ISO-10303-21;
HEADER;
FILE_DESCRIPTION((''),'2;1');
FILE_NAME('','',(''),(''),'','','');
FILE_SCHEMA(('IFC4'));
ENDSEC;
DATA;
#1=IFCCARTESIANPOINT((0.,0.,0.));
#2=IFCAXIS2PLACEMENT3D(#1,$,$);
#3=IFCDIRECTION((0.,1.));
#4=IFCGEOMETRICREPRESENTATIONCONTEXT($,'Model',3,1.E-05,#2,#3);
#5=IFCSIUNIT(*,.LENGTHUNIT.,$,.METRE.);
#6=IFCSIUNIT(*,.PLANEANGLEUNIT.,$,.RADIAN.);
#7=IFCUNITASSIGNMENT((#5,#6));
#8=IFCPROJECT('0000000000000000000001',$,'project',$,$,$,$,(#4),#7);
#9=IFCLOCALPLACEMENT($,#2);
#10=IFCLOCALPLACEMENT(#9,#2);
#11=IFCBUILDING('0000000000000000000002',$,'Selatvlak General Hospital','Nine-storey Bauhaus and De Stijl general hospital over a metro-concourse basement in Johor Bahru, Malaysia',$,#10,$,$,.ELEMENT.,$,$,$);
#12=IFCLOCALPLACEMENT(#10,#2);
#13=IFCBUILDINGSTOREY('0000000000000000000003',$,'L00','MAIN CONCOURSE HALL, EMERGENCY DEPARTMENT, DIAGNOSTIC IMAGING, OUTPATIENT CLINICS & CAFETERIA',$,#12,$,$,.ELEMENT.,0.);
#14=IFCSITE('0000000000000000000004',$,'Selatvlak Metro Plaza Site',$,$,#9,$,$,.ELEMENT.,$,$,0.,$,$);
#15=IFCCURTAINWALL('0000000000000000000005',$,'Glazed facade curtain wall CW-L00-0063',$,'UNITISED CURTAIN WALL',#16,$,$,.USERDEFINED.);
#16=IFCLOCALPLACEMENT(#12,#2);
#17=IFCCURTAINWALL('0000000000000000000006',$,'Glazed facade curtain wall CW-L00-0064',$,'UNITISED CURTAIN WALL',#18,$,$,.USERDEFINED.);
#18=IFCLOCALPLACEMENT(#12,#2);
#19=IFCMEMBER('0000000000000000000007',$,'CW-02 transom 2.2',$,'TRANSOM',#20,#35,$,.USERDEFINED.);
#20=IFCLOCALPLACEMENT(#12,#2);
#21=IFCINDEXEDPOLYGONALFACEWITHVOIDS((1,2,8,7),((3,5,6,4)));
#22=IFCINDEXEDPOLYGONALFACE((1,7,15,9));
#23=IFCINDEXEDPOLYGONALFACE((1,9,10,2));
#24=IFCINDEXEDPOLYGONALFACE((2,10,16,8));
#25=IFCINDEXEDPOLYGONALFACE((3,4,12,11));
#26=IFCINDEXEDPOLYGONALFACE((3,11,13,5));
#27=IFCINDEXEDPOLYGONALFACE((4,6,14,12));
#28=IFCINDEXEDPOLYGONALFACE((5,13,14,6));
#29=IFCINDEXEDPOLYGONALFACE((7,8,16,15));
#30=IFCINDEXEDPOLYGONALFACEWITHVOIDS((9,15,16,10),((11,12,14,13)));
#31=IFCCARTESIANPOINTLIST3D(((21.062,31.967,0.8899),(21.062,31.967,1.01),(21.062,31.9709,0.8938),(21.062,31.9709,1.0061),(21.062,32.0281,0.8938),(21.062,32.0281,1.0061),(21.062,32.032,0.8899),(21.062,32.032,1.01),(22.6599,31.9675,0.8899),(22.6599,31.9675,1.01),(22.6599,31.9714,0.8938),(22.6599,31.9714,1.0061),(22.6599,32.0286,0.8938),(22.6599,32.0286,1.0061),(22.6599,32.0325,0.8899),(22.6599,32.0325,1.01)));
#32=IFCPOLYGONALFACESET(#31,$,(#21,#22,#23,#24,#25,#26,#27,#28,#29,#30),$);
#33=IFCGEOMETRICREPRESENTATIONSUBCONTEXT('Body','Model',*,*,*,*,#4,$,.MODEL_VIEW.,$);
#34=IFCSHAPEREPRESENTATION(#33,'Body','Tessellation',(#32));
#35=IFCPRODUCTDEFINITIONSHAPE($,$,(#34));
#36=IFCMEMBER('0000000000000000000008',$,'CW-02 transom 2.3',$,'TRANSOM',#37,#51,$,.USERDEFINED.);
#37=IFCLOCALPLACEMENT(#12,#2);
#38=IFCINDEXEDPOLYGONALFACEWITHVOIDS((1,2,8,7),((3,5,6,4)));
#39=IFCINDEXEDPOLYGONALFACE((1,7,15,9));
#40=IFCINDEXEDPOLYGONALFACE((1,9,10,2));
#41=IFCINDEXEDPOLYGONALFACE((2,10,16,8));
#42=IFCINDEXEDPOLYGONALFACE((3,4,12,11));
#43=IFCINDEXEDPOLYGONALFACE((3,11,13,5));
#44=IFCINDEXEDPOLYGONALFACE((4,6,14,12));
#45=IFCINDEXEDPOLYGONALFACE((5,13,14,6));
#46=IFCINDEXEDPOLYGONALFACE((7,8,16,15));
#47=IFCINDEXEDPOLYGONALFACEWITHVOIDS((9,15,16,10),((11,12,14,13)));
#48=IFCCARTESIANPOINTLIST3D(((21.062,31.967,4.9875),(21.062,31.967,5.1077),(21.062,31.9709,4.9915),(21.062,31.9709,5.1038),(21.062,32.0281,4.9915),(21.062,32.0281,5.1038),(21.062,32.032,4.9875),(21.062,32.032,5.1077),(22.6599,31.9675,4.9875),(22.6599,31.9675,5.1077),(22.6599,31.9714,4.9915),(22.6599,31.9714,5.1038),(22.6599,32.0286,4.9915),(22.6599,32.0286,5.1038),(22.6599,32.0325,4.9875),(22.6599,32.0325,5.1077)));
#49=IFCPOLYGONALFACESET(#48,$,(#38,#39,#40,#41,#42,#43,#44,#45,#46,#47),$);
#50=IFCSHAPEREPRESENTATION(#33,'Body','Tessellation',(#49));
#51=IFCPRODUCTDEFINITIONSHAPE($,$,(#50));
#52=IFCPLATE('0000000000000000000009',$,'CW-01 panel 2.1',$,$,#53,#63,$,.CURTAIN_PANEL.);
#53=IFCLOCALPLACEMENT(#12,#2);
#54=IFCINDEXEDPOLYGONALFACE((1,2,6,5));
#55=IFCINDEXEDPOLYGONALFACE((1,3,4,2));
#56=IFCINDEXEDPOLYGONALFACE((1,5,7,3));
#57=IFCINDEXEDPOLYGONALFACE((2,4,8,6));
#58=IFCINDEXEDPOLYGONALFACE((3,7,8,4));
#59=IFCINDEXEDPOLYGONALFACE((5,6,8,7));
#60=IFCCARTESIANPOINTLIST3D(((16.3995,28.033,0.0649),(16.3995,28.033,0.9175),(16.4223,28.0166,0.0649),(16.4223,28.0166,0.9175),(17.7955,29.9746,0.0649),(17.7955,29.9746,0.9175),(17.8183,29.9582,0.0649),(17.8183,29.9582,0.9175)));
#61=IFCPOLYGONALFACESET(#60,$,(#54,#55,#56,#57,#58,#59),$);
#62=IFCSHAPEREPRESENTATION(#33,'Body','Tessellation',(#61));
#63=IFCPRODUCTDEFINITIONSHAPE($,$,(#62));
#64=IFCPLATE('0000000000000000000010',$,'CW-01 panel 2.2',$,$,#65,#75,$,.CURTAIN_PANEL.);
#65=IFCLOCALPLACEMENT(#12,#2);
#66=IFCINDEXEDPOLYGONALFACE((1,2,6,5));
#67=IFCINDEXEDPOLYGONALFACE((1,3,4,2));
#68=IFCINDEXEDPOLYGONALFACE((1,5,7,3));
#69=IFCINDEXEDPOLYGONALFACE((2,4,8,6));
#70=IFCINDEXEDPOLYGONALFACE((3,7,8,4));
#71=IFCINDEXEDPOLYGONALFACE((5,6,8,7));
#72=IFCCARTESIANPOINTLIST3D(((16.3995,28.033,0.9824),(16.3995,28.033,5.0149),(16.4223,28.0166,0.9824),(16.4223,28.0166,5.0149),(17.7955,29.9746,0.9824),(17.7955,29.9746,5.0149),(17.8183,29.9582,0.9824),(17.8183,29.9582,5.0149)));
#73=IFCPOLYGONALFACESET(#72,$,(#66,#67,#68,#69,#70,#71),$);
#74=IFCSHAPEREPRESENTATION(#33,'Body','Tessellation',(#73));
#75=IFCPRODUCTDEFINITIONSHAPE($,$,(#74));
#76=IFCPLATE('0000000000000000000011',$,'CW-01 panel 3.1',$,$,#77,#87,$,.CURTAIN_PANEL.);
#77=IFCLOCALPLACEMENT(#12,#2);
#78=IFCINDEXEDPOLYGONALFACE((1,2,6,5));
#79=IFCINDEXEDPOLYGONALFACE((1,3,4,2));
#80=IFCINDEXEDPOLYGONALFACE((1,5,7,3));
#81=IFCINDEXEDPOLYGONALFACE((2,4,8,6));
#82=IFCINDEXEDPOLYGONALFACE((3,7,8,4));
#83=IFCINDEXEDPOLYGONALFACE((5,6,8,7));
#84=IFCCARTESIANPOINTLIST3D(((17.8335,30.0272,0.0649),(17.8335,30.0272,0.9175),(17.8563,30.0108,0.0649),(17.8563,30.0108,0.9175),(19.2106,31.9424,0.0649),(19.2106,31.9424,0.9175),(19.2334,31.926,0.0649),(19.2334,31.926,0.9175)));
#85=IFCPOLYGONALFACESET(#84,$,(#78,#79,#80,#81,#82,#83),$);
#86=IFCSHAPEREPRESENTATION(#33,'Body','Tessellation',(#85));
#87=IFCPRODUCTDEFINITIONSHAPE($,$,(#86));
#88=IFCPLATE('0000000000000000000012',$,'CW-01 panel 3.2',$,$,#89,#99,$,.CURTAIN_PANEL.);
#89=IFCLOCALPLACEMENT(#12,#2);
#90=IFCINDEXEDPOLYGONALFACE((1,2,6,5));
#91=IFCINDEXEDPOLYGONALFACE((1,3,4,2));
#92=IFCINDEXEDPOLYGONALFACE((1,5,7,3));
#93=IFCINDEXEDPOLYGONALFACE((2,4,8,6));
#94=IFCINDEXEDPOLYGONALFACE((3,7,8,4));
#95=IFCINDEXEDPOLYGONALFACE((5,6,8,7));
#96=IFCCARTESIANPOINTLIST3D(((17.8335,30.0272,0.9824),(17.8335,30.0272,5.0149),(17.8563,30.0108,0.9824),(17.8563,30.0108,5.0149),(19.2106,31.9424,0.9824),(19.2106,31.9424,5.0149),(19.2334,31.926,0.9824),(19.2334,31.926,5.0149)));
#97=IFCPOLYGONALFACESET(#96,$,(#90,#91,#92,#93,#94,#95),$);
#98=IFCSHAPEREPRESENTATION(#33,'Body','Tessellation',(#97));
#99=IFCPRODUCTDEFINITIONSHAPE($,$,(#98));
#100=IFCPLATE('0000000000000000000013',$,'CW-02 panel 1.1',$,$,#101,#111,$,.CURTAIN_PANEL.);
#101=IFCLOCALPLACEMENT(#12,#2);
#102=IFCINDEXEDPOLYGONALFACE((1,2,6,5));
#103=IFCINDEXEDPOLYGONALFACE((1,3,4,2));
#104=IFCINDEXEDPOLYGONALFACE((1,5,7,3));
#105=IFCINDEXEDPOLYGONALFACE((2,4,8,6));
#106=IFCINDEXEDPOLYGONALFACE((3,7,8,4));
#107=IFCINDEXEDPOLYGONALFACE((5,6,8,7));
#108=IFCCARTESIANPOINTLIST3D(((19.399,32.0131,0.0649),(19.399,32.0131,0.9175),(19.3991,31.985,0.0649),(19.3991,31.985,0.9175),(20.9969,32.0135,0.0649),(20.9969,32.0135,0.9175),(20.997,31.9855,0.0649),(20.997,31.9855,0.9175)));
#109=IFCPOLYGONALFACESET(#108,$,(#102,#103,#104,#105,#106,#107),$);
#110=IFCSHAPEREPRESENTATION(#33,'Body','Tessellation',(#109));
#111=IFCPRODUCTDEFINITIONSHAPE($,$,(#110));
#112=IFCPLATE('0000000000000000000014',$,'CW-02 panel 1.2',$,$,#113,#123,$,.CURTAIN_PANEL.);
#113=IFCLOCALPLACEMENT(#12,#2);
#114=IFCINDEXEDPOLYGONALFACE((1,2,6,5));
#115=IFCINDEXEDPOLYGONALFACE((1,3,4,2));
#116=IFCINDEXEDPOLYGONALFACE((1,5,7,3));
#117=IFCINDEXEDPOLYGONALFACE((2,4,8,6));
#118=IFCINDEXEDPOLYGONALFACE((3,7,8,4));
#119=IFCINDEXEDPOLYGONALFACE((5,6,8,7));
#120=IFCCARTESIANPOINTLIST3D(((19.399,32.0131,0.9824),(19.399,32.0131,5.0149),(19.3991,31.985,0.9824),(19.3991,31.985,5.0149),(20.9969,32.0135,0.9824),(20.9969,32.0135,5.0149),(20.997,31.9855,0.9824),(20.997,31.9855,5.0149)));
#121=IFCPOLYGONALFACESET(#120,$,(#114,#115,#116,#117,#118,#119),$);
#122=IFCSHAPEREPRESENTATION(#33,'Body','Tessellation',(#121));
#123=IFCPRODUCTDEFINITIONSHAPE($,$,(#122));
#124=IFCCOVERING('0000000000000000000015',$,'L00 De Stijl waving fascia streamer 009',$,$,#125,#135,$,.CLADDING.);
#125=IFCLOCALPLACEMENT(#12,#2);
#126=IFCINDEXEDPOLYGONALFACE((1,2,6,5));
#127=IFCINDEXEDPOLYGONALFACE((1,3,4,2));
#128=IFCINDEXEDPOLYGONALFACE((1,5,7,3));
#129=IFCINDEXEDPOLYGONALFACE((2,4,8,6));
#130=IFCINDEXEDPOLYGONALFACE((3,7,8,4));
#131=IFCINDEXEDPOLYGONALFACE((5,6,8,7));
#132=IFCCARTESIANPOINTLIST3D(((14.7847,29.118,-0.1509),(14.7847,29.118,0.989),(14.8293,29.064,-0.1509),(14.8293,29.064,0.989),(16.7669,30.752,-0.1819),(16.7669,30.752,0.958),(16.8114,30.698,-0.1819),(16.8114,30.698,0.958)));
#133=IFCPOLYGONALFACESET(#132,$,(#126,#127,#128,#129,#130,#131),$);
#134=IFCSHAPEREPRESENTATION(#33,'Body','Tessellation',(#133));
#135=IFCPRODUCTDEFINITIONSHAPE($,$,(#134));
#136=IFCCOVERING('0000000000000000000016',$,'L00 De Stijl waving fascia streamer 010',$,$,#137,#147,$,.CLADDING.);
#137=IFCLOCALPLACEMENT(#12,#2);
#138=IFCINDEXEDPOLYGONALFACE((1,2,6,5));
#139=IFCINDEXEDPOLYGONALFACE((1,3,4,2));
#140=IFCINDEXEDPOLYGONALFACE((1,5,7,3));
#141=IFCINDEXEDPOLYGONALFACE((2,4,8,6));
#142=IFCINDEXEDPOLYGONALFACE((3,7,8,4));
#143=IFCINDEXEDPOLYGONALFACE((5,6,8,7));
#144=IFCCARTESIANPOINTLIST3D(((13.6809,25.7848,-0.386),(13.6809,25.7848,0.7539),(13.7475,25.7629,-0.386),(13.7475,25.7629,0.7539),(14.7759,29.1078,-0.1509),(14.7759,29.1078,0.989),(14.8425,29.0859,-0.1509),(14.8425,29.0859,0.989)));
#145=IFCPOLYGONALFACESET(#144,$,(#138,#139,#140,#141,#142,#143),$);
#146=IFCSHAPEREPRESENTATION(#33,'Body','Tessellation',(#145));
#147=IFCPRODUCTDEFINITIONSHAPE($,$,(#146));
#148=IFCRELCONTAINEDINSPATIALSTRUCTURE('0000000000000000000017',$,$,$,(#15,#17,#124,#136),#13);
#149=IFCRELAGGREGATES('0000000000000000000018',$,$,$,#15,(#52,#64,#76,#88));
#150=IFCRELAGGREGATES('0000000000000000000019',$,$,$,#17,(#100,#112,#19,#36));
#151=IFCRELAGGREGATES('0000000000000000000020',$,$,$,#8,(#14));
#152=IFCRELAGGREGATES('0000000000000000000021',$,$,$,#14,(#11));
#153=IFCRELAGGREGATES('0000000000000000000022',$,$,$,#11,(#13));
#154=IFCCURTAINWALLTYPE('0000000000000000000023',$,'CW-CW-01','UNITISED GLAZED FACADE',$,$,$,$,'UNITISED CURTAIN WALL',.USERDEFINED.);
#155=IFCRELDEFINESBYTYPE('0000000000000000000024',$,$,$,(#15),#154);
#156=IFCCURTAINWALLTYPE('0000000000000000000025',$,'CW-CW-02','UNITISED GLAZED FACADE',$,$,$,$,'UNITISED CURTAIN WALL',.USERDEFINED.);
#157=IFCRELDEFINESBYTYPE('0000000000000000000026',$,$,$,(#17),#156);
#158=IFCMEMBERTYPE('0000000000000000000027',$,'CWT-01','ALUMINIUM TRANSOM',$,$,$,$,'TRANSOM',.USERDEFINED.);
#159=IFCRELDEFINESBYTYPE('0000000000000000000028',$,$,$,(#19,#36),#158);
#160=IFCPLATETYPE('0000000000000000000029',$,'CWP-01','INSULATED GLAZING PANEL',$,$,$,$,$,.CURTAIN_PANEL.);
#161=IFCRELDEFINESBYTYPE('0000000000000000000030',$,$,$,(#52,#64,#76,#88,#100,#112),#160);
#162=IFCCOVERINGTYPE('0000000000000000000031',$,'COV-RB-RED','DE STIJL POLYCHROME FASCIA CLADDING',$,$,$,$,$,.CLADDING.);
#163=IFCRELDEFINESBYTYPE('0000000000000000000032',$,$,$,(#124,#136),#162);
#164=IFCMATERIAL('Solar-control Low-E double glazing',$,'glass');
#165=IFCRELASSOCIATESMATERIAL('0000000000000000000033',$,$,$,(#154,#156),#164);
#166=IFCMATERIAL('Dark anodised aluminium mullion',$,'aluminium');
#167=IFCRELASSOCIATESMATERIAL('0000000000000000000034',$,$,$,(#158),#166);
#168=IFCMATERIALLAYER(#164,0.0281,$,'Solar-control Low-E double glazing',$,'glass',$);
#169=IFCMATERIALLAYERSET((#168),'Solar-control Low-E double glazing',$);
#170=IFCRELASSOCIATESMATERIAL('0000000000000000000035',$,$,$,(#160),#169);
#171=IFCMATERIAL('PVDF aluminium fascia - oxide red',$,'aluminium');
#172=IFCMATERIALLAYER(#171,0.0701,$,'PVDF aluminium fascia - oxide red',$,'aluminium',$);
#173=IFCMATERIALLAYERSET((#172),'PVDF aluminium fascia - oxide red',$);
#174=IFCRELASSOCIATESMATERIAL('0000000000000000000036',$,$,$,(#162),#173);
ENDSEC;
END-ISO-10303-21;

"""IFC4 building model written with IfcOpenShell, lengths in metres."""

from ifc_helpers import new_model, si_unit, direction, frame, origin, origin_2d, place, context, subcontext, project, spatial, polyline, rectangle, hollow_rectangle, outline, extrude, material, layer, layer_set, material_profile, profile_set, type_object, element, aggregate, save


model = new_model("IFC4")

# Units and contexts
model_context = context("Model", 3, precision=1e-05, world=origin(), true_north=direction((0.0, 1.0)))
body_context = subcontext(model_context, "Body", "Model", "MODEL_VIEW")
ifc_project = project(units=[si_unit("LENGTHUNIT", "METRE"), si_unit("PLANEANGLEUNIT", "RADIAN")], contexts=[model_context])

# Site, building, storey
site_placement = place(None, origin())
site = spatial("IfcSite", under=ifc_project, at=site_placement, Name="Selatvlak Metro Plaza Site", CompositionType="ELEMENT", RefElevation=0.0)
building_placement = place(site_placement, origin())
building = spatial("IfcBuilding", under=site, at=building_placement, Name="Selatvlak General Hospital", Description="Nine-storey Bauhaus and De Stijl general hospital over a metro-concourse basement in Johor Bahru, Malaysia", CompositionType="ELEMENT")
storey_placement = place(building_placement, origin())
storey = spatial("IfcBuildingStorey", under=building, at=storey_placement, Name="L00", Description="MAIN CONCOURSE HALL, EMERGENCY DEPARTMENT, DIAGNOSTIC IMAGING, OUTPATIENT CLINICS & CAFETERIA", CompositionType="ELEMENT", Elevation=0.0)

# Curtain walls
ifc_material_1 = material(Name="Solar-control Low-E double glazing", Category="glass")
curtain_wall_type_1 = type_object("IfcCurtainWallType", Name="CW-CW-01", Description="UNITISED GLAZED FACADE", ElementType="UNITISED CURTAIN WALL", PredefinedType="USERDEFINED", material=ifc_material_1)
curtain_wall_1_placement = place(storey_placement, origin())
curtain_wall_1 = element("IfcCurtainWall", 1, at=curtain_wall_1_placement, inside=storey, type_object=curtain_wall_type_1, Name="Glazed facade curtain wall CW-L00-0063", ObjectType="UNITISED CURTAIN WALL", PredefinedType="USERDEFINED")
ifc_material_2 = material(Name="Dark anodised aluminium mullion", Category="aluminium")
curtain_wall_type_2 = type_object("IfcCurtainWallType", Name="CW-CW-02", Description="UNITISED GLAZED FACADE", ElementType="UNITISED CURTAIN WALL", PredefinedType="USERDEFINED", material=ifc_material_1)
curtain_wall_2_placement = place(storey_placement, origin())
curtain_wall_2 = element("IfcCurtainWall", 2, at=curtain_wall_2_placement, inside=storey, type_object=curtain_wall_type_2, Name="Glazed facade curtain wall CW-L00-0064", ObjectType="UNITISED CURTAIN WALL", PredefinedType="USERDEFINED")

# Members
ifc_material_profile_1 = material_profile(ifc_material_2, hollow_rectangle(XDim=0.0649, YDim=0.1201, WallThickness=0.0039, at=origin_2d()), Name="AL-TRN 65x120x4")
ifc_profile_set_1 = profile_set([ifc_material_profile_1], Name="Dark anodised aluminium mullion")
member_type_1 = type_object("IfcMemberType", Name="CWT-01", Description="ALUMINIUM TRANSOM", ElementType="TRANSOM", PredefinedType="USERDEFINED", material=ifc_profile_set_1)
member_1_placement = place(storey_placement, frame((21.062, 31.9995, 0.95), z_axis=(1.0, 0.000306, 0.0), x_axis=(-0.000306, 1.0, 0.0)))
member_1 = element("IfcMember", 3, at=member_1_placement, type_object=member_type_1, Name="CW-02 transom 2.2", ObjectType="TRANSOM", PredefinedType="USERDEFINED", context=body_context, shape_type="SweptSolid", body=[
    extrude(hollow_rectangle(XDim=0.0649, YDim=0.1201, WallThickness=0.0039, at=origin_2d()), origin(), (0.0, 0.0, 1.0), 1.5979),
])
member_2_placement = place(storey_placement, frame((21.062, 31.9995, 5.0476), z_axis=(1.0, 0.000306, 0.0), x_axis=(-0.000306, 1.0, 0.0)))
member_2 = element("IfcMember", 4, at=member_2_placement, type_object=member_type_1, Name="CW-02 transom 2.3", ObjectType="TRANSOM", PredefinedType="USERDEFINED", context=body_context, shape_type="SweptSolid", body=[
    extrude(hollow_rectangle(XDim=0.0649, YDim=0.1201, WallThickness=0.0039, at=origin_2d()), origin(), (0.0, 0.0, 1.0), 1.5979),
])

# Plates
ifc_layer_1 = layer(ifc_material_1, 0.0281, Name="Solar-control Low-E double glazing", Category="glass")
ifc_layer_set_1 = layer_set([ifc_layer_1], Name="Solar-control Low-E double glazing")
plate_type = type_object("IfcPlateType", Name="CWP-01", Description="INSULATED GLAZING PANEL", PredefinedType="CURTAIN_PANEL", material=ifc_layer_set_1)
plate_1_placement = place(storey_placement, frame((17.1089, 28.9956, 0.0649), z_axis=(0.0, 0.0, 1.0), x_axis=(0.58379, 0.811905, 0.0)))
plate_1 = element("IfcPlate", 5, at=plate_1_placement, type_object=plate_type, Name="CW-01 panel 2.1", PredefinedType="CURTAIN_PANEL", context=body_context, shape_type="SweptSolid", body=[
    extrude(rectangle(XDim=2.3914, YDim=0.0281, at=origin_2d()), origin(), (0.0, 0.0, 1.0), 0.8525),
])
plate_2_placement = place(storey_placement, frame((17.1089, 28.9956, 0.9824), z_axis=(0.0, 0.0, 1.0), x_axis=(0.58379, 0.811905, 0.0)))
plate_2 = element("IfcPlate", 6, at=plate_2_placement, type_object=plate_type, Name="CW-01 panel 2.2", PredefinedType="CURTAIN_PANEL", context=body_context, shape_type="SweptSolid", body=[
    extrude(rectangle(XDim=2.3914, YDim=0.0281, at=origin_2d()), origin(), (0.0, 0.0, 1.0), 4.0325),
])
plate_3_placement = place(storey_placement, frame((18.5334, 30.9766, 0.0649), z_axis=(0.0, 0.0, 1.0), x_axis=(0.58379, 0.811905, 0.0)))
plate_3 = element("IfcPlate", 7, at=plate_3_placement, type_object=plate_type, Name="CW-01 panel 3.1", PredefinedType="CURTAIN_PANEL", context=body_context, shape_type="SweptSolid", body=[
    extrude(rectangle(XDim=2.3589, YDim=0.0281, at=origin_2d()), origin(), (0.0, 0.0, 1.0), 0.8525),
])
plate_4_placement = place(storey_placement, frame((18.5334, 30.9766, 0.9824), z_axis=(0.0, 0.0, 1.0), x_axis=(0.58379, 0.811905, 0.0)))
plate_4 = element("IfcPlate", 8, at=plate_4_placement, type_object=plate_type, Name="CW-01 panel 3.2", PredefinedType="CURTAIN_PANEL", context=body_context, shape_type="SweptSolid", body=[
    extrude(rectangle(XDim=2.3589, YDim=0.0281, at=origin_2d()), origin(), (0.0, 0.0, 1.0), 4.0325),
])
aggregate(curtain_wall_1, [plate_1, plate_2, plate_3, plate_4])
plate_5_placement = place(storey_placement, frame((20.198, 31.9993, 0.0649), z_axis=(0.0, 0.0, 1.0), x_axis=(1.0, 0.000295, 0.0)))
plate_5 = element("IfcPlate", 9, at=plate_5_placement, type_object=plate_type, Name="CW-02 panel 1.1", PredefinedType="CURTAIN_PANEL", context=body_context, shape_type="SweptSolid", body=[
    extrude(rectangle(XDim=1.5979, YDim=0.0281, at=origin_2d()), origin(), (0.0, 0.0, 1.0), 0.8525),
])
plate_6_placement = place(storey_placement, frame((20.198, 31.9993, 0.9824), z_axis=(0.0, 0.0, 1.0), x_axis=(1.0, 0.000295, 0.0)))
plate_6 = element("IfcPlate", 10, at=plate_6_placement, type_object=plate_type, Name="CW-02 panel 1.2", PredefinedType="CURTAIN_PANEL", context=body_context, shape_type="SweptSolid", body=[
    extrude(rectangle(XDim=1.5979, YDim=0.0281, at=origin_2d()), origin(), (0.0, 0.0, 1.0), 4.0325),
])
aggregate(curtain_wall_2, [plate_5, plate_6, member_1, member_2])

# Coverings
ifc_material_3 = material(Name="PVDF aluminium fascia - oxide red", Category="aluminium")
ifc_layer_2 = layer(ifc_material_3, 0.0701, Name="PVDF aluminium fascia - oxide red", Category="aluminium")
ifc_layer_set_2 = layer_set([ifc_layer_2], Name="PVDF aluminium fascia - oxide red")
covering_type = type_object("IfcCoveringType", Name="COV-RB-RED", Description="DE STIJL POLYCHROME FASCIA CLADDING", PredefinedType="CLADDING", material=ifc_layer_set_2)
covering_1_placement = place(storey_placement, frame((16.7891, 30.7251, -0.1819), z_axis=(0.0, 0.0, 1.0), x_axis=(-0.771615, -0.63609, 0.0)))
element("IfcCovering", 11, at=covering_1_placement, inside=storey, type_object=covering_type, Name="L00 De Stijl waving fascia streamer 009", PredefinedType="CLADDING", context=body_context, shape_type="SweptSolid", body=[
    extrude(outline(polyline([(0.0, 0.0), (2.5688, 0.031), (2.5688, 1.1709), (0.0, 1.1399), (0.0, 0.0)])), frame((0.0, 0.0352, 0.0), z_axis=(0.0, -1.0, 0.0), x_axis=(1.0, 0.0, 0.0)), (0.0, 0.0, 1.0), 0.0701),
])
covering_2_placement = place(storey_placement, frame((14.8091, 29.0969, -0.1509), z_axis=(0.0, 0.0, 1.0), x_axis=(-0.31296, -0.949766, 0.0)))
element("IfcCovering", 12, at=covering_2_placement, inside=storey, type_object=covering_type, Name="L00 De Stijl waving fascia streamer 010", PredefinedType="CLADDING", context=body_context, shape_type="SweptSolid", body=[
    extrude(outline(polyline([(0.0, 0.0), (3.4988, -0.2351), (3.4988, 0.9048), (0.0, 1.1399), (0.0, 0.0)])), frame((0.0, 0.0352, 0.0), z_axis=(0.0, -1.0, 0.0), x_axis=(1.0, 0.0, 0.0)), (0.0, 0.0, 1.0), 0.0701),
])

save(model, "model.ifc")
